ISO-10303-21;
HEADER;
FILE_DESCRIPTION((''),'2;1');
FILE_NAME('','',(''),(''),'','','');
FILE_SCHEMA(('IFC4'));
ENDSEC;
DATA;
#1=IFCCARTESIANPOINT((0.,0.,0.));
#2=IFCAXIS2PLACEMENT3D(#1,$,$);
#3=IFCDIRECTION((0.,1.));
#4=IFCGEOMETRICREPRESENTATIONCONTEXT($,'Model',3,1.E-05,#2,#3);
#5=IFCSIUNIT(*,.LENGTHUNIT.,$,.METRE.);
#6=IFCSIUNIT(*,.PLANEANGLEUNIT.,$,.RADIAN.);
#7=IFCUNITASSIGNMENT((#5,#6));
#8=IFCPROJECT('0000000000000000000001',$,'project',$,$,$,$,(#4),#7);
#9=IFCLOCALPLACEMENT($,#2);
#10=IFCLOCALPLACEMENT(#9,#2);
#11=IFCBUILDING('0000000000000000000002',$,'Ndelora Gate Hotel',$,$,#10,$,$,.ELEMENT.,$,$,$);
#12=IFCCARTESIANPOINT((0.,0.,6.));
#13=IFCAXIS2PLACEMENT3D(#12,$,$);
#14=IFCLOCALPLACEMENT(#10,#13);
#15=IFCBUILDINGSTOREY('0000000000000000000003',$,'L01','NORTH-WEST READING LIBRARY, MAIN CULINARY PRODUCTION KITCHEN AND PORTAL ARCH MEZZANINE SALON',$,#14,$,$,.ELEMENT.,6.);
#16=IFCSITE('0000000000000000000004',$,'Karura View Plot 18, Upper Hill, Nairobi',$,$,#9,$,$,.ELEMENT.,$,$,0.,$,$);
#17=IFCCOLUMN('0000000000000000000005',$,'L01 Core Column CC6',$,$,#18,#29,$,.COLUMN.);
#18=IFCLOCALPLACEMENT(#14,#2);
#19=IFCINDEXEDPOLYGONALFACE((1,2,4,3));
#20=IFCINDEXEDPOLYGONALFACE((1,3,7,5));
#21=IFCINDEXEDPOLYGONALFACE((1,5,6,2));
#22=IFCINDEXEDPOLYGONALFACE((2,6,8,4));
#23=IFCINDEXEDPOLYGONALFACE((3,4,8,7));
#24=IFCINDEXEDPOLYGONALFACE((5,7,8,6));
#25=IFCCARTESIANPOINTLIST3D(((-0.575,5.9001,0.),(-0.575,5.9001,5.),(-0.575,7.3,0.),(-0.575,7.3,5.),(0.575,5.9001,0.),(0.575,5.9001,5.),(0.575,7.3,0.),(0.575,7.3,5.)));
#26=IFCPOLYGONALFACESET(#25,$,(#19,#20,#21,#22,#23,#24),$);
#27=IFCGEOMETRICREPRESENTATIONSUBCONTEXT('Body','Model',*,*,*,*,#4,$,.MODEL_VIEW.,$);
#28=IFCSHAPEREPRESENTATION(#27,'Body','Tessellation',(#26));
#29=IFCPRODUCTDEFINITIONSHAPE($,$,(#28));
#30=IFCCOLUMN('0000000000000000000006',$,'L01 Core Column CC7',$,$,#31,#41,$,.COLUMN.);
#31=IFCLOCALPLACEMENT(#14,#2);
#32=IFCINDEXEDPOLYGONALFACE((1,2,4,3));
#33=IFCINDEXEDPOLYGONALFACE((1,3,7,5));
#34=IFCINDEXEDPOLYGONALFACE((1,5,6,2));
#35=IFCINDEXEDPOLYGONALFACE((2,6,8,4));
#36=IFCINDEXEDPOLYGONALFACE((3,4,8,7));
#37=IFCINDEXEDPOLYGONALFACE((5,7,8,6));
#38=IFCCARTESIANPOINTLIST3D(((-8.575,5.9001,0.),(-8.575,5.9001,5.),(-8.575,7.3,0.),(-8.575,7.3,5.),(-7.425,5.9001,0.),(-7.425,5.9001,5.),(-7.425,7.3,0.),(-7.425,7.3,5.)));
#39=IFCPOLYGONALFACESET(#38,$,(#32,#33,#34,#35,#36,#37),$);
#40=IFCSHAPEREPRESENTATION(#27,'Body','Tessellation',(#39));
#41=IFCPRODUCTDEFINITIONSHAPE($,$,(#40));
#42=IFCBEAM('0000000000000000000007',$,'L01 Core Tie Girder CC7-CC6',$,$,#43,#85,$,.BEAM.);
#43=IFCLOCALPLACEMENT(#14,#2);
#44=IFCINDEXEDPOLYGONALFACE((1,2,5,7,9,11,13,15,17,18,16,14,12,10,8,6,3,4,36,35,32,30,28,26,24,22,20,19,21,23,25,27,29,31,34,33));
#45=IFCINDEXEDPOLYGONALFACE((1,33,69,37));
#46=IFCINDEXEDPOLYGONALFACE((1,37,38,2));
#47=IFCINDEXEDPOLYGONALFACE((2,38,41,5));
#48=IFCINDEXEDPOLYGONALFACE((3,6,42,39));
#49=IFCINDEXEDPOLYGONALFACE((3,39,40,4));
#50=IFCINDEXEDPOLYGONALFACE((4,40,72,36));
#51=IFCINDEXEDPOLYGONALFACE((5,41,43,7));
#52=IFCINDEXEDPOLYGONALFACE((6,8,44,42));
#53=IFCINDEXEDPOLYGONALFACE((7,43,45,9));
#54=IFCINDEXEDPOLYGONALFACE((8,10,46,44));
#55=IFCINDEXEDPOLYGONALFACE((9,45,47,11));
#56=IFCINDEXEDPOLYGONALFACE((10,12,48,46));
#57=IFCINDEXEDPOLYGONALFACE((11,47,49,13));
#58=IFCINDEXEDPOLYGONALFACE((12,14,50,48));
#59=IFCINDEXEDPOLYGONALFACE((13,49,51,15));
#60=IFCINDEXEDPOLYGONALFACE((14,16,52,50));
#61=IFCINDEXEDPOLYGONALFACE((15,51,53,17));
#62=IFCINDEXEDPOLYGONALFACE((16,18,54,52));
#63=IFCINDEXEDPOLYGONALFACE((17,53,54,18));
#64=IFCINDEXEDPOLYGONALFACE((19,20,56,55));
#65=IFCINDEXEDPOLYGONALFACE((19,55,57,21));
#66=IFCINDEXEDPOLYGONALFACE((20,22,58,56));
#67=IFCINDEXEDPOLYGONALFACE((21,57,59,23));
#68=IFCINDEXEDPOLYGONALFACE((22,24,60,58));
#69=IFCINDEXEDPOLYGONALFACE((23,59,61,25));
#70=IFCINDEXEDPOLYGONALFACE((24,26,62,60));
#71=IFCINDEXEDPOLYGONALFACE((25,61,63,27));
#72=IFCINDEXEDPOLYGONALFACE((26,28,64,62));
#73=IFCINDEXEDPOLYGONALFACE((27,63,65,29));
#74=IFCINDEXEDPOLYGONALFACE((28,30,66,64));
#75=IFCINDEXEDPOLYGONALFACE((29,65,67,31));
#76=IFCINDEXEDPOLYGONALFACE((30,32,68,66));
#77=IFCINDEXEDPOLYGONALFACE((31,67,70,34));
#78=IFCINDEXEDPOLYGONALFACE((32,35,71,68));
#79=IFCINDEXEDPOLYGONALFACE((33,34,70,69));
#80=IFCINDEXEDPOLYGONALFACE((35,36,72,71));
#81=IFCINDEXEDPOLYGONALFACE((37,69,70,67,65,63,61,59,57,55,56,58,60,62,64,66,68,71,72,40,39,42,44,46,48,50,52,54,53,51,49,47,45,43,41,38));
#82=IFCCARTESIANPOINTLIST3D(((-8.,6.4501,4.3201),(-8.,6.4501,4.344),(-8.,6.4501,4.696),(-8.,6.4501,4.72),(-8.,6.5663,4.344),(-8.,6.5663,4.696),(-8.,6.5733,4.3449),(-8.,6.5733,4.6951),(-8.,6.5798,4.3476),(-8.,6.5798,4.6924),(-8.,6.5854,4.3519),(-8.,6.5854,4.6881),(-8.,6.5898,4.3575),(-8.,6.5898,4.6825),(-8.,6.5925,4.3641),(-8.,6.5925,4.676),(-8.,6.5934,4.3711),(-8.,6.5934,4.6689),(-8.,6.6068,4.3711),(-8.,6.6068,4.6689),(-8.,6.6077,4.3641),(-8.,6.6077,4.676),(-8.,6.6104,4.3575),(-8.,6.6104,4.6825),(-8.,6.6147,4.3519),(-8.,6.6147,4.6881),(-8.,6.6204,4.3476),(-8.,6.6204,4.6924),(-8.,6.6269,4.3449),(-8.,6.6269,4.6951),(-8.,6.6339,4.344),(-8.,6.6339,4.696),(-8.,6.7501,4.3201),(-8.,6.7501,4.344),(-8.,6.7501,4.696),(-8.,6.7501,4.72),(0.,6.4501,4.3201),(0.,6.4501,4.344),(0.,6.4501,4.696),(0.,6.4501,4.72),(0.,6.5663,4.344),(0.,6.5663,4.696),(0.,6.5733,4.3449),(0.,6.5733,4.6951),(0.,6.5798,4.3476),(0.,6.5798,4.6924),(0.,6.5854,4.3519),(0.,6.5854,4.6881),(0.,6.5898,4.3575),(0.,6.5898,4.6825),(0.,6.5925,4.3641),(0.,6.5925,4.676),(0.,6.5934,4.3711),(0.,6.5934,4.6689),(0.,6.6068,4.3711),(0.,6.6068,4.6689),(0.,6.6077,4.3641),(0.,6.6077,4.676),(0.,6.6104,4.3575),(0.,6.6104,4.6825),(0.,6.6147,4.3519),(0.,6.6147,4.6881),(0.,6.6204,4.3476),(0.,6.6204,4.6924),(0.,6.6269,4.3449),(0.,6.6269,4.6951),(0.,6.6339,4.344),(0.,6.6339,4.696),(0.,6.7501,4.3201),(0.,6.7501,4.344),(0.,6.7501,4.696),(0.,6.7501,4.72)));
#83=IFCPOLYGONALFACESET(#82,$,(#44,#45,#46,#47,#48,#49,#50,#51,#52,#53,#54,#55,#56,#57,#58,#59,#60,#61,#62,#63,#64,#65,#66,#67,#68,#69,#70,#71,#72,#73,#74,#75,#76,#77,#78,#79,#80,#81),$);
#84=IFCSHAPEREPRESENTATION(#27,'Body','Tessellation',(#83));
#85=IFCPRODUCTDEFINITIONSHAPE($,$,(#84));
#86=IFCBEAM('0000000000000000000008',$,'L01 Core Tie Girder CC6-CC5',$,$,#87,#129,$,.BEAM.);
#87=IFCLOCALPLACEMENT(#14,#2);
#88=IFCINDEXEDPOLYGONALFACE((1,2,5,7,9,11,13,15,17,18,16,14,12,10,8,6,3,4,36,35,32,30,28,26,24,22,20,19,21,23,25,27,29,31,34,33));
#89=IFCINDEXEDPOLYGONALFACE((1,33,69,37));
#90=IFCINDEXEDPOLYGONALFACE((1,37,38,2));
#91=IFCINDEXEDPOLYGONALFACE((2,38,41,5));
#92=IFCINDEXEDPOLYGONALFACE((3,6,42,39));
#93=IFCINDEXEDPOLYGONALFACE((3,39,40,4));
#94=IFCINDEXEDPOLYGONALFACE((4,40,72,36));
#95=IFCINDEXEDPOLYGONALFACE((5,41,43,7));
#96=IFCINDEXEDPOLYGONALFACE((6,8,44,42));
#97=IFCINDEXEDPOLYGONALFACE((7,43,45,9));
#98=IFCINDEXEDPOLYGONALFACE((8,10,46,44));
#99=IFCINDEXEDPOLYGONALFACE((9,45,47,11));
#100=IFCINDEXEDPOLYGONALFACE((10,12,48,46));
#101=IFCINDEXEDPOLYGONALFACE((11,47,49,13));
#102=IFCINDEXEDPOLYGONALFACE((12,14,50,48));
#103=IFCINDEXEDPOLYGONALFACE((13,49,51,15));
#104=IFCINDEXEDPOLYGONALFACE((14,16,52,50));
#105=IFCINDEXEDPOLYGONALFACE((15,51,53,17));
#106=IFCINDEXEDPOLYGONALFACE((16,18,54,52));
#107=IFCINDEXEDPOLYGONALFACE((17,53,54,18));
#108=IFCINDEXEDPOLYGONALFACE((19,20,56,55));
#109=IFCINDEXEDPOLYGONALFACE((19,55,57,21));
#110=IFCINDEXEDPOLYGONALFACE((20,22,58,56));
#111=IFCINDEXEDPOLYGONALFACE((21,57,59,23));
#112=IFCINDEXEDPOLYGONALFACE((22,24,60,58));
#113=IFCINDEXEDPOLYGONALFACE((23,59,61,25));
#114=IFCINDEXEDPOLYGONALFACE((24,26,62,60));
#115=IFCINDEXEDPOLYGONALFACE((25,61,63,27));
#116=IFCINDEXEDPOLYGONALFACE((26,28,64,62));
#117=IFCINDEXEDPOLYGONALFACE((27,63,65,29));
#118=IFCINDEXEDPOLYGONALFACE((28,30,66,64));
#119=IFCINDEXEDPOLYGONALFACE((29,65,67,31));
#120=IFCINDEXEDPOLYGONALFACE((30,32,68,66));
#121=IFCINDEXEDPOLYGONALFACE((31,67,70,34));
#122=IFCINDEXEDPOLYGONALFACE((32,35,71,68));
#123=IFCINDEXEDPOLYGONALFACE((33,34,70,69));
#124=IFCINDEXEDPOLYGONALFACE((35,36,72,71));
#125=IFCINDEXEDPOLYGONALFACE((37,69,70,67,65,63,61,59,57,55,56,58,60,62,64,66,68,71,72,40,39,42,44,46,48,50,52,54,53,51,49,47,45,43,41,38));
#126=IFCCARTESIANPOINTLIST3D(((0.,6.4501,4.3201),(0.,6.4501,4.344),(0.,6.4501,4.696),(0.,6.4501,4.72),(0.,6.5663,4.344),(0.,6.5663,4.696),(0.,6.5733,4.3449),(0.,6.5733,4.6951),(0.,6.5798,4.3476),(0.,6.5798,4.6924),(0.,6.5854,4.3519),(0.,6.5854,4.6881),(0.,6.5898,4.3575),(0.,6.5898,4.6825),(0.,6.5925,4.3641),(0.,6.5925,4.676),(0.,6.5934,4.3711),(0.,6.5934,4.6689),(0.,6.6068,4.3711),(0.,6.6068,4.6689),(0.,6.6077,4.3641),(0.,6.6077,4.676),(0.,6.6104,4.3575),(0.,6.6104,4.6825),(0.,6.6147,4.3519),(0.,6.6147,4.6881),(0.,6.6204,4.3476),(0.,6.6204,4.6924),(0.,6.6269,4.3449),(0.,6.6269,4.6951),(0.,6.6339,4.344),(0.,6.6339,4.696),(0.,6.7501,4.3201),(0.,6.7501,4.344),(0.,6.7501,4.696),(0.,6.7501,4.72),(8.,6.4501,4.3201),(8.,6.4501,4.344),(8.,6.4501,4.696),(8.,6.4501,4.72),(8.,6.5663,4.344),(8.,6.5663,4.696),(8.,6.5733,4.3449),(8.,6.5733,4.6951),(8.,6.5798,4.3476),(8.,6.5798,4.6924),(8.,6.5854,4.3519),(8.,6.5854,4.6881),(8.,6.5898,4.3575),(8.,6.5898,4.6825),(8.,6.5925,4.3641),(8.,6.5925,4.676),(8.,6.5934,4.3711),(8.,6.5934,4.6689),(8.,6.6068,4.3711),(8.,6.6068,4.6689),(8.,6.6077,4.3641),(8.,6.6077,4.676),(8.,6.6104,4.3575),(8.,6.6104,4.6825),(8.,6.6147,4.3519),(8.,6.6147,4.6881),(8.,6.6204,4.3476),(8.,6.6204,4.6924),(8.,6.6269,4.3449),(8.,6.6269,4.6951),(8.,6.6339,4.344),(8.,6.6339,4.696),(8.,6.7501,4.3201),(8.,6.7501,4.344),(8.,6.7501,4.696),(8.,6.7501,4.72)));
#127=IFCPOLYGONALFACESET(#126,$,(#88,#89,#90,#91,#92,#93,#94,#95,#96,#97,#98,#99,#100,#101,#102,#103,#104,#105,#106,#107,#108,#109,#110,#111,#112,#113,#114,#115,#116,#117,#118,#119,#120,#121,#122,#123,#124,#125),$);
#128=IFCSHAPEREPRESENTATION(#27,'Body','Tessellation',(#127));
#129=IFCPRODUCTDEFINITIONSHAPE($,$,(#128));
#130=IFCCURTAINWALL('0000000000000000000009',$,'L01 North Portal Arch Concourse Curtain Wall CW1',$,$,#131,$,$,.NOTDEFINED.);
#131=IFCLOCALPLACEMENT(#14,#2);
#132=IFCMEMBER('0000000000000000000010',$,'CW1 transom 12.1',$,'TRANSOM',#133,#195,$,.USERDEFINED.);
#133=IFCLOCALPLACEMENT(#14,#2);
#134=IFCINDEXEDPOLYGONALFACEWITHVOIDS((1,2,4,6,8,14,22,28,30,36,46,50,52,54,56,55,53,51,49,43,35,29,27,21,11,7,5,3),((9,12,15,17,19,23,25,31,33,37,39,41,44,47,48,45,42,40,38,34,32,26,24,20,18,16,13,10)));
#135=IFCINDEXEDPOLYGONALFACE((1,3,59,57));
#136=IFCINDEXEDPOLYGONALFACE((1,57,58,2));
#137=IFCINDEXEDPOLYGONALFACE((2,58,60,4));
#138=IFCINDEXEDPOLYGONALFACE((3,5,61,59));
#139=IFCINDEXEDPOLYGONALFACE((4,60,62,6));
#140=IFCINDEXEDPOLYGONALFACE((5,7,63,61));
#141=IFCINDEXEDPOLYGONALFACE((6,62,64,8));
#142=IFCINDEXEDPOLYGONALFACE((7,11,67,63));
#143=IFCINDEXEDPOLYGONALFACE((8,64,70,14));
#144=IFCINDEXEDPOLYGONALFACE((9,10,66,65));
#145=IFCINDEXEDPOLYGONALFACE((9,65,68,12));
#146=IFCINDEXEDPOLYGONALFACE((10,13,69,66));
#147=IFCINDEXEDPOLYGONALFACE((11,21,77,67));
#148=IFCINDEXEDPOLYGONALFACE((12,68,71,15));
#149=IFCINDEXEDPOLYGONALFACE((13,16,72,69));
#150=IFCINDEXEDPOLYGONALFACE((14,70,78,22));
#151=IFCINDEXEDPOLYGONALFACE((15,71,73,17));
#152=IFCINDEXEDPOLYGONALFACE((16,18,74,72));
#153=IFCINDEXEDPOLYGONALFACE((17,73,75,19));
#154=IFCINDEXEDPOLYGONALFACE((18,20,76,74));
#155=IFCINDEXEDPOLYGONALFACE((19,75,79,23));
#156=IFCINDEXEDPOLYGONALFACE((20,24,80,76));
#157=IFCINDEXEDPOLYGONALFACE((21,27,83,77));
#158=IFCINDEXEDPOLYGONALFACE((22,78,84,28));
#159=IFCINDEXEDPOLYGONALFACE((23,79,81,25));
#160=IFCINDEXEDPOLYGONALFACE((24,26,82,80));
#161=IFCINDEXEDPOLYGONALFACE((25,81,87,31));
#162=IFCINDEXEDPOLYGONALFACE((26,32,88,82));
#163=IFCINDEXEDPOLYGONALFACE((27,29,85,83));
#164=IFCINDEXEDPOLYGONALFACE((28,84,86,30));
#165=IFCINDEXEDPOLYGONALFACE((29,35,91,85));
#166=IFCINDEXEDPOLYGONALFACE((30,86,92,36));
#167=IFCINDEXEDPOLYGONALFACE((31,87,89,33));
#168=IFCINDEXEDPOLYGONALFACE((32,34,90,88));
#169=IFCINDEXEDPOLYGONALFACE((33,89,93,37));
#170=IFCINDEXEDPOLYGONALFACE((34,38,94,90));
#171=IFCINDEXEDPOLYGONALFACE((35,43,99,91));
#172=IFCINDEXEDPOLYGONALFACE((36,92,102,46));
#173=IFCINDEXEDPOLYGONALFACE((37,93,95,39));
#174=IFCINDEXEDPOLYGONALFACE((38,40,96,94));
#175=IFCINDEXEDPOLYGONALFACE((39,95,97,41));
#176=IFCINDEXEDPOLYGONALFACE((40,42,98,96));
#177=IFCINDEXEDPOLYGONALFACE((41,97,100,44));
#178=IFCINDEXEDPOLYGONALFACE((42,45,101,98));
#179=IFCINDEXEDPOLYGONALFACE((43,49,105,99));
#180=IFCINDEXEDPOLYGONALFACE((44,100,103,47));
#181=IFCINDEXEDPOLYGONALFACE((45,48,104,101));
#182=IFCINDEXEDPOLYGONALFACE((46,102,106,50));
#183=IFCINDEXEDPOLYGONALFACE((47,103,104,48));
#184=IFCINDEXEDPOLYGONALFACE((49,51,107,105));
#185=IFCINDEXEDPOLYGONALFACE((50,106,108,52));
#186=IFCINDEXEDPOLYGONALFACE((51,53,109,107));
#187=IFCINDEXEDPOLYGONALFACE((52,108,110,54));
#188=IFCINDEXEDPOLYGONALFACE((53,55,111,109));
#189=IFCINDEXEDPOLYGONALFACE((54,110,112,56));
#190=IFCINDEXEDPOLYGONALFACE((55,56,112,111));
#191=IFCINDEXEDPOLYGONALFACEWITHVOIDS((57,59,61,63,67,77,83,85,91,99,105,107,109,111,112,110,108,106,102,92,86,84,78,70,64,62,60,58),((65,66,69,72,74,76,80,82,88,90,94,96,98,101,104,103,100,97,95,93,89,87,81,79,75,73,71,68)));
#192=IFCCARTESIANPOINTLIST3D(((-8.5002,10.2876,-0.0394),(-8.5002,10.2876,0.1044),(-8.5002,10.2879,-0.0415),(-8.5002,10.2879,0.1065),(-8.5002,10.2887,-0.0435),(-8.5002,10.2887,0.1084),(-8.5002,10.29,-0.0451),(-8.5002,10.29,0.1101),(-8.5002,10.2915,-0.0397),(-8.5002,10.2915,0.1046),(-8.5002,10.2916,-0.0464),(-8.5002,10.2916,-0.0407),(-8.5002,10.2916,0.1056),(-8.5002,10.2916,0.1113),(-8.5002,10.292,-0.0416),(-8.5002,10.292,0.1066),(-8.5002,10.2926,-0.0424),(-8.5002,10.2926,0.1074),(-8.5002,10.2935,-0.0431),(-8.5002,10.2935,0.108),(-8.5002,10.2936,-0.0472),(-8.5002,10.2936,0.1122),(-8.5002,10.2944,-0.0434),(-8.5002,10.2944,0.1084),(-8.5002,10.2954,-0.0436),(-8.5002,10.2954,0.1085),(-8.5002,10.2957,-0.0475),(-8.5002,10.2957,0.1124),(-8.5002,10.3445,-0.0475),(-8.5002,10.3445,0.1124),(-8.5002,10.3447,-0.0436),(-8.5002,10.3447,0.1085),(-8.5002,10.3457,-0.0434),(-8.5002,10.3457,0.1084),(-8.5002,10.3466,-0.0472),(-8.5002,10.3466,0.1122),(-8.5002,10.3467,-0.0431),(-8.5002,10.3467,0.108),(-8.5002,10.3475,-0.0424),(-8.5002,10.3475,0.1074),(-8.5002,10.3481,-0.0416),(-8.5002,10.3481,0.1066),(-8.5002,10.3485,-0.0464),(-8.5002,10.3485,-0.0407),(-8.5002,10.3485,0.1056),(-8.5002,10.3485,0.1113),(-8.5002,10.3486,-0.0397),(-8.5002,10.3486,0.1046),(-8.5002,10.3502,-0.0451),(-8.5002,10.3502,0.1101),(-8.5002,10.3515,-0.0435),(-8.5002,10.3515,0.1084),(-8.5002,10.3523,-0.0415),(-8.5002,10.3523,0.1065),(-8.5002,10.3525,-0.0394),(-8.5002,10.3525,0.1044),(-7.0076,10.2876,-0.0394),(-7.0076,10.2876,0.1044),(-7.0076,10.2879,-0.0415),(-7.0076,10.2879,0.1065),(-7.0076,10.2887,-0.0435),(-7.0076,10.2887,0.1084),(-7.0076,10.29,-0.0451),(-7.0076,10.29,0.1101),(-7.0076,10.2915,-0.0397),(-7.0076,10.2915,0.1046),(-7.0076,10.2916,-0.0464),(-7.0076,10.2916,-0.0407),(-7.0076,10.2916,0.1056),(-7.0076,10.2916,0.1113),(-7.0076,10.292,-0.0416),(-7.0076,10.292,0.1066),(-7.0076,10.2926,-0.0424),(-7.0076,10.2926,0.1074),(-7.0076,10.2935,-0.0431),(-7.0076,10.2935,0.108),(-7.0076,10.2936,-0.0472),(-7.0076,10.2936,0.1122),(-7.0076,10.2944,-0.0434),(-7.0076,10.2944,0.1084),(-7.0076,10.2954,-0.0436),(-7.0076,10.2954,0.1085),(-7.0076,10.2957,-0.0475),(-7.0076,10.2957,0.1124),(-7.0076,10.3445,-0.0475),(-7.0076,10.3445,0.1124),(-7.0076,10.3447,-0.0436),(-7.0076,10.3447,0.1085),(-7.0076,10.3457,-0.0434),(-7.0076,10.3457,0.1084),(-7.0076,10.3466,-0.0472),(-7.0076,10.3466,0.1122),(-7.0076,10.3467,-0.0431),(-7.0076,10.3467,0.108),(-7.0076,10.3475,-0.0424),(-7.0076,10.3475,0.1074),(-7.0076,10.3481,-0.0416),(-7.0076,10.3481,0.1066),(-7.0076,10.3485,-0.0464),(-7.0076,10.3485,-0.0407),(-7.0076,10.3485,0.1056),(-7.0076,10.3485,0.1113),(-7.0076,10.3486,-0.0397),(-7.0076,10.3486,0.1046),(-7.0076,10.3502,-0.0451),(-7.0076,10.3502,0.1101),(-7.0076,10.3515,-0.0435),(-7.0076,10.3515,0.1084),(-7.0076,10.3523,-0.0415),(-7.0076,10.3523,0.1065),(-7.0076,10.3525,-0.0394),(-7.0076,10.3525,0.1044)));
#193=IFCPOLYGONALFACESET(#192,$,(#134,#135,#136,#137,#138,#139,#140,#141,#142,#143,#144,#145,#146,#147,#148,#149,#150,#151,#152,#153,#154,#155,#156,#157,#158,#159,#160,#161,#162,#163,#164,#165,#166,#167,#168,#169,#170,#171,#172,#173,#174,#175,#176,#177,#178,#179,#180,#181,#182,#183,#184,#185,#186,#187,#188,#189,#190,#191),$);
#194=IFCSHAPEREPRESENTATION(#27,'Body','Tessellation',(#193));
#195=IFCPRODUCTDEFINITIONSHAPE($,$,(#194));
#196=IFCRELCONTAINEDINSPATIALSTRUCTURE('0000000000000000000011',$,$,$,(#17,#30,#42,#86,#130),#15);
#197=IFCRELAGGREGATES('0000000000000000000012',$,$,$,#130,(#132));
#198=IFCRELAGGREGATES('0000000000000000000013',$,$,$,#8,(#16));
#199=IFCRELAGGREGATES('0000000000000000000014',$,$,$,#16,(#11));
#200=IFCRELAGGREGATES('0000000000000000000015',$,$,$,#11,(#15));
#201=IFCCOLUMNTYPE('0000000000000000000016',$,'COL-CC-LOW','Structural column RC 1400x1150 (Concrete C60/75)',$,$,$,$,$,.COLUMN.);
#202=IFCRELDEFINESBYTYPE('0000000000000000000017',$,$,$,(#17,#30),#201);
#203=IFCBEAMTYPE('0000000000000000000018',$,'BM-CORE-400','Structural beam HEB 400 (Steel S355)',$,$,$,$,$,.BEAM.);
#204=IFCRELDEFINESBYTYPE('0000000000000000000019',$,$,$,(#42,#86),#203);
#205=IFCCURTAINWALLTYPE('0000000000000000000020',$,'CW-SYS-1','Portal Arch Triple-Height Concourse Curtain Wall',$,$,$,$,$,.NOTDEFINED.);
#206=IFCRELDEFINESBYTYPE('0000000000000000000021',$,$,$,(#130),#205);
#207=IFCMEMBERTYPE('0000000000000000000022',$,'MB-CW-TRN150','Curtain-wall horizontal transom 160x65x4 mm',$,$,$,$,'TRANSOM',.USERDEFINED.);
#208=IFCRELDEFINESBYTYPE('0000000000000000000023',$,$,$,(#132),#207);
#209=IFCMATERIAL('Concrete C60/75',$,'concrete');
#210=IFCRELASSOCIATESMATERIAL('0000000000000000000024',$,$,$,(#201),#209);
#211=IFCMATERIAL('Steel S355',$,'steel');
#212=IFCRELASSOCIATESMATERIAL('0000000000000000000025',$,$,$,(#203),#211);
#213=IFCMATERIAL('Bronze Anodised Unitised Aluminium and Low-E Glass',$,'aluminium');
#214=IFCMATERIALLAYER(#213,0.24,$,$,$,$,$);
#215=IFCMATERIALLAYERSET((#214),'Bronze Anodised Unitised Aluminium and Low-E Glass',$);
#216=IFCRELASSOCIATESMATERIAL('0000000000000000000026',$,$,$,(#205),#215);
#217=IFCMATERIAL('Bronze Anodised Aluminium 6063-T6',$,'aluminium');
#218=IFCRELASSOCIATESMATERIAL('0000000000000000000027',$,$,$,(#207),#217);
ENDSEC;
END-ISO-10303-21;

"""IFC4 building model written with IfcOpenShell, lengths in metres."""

from ifc_helpers import new_model, si_unit, direction, frame, origin, origin_2d, place, context, subcontext, project, spatial, rectangle, hollow_rectangle, i_section, extrude, material, layer, layer_set, material_profile, profile_set, type_object, element, aggregate, save


model = new_model("IFC4")

# Units and contexts
model_context = context("Model", 3, precision=1e-05, world=origin(), true_north=direction((0.0, 1.0)))
body_context = subcontext(model_context, "Body", "Model", "MODEL_VIEW")
ifc_project = project(units=[si_unit("LENGTHUNIT", "METRE"), si_unit("PLANEANGLEUNIT", "RADIAN")], contexts=[model_context])

# Site, building, storey
site_placement = place(None, origin())
site = spatial("IfcSite", under=ifc_project, at=site_placement, Name="Karura View Plot 18, Upper Hill, Nairobi", CompositionType="ELEMENT", RefElevation=0.0)
building_placement = place(site_placement, origin())
building = spatial("IfcBuilding", under=site, at=building_placement, Name="Ndelora Gate Hotel", CompositionType="ELEMENT")
storey_placement = place(building_placement, frame((0.0, 0.0, 6.0)))
storey = spatial("IfcBuildingStorey", under=building, at=storey_placement, Name="L01", Description="NORTH-WEST READING LIBRARY, MAIN CULINARY PRODUCTION KITCHEN AND PORTAL ARCH MEZZANINE SALON", CompositionType="ELEMENT", Elevation=6.0)

# Columns
ifc_material_1 = material(Name="Concrete C60/75", Category="concrete")
ifc_material_profile_1 = material_profile(ifc_material_1, rectangle(XDim=1.1499, YDim=1.3999, at=origin_2d()), Name="RC 1400x1150")
ifc_profile_set_1 = profile_set([ifc_material_profile_1], Name="Concrete C60/75")
column_type = type_object("IfcColumnType", Name="COL-CC-LOW", Description="Structural column RC 1400x1150 (Concrete C60/75)", PredefinedType="COLUMN", material=ifc_profile_set_1)
for number, where, z_axis, x_axis, name in (
    (1, (0.0, 6.6001, 0.0), (0.0, 0.0, 1.0), (1.0, 0.0, 0.0), "L01 Core Column CC6"),
    (2, (-8.0, 6.6001, 0.0), (0.0, 0.0, 1.0), (1.0, 0.0, 0.0), "L01 Core Column CC7"),
):
    element("IfcColumn", number, at=place(storey_placement, frame(where, z_axis=z_axis, x_axis=x_axis)), inside=storey, type_object=column_type, Name=name, PredefinedType="COLUMN", context=body_context, shape_type="SweptSolid", body=[
        extrude(rectangle(XDim=1.1499, YDim=1.3999, at=origin_2d()), origin(), (0.0, 0.0, 1.0), 5.0),
    ])

# Beams
ifc_material_2 = material(Name="Steel S355", Category="steel")
ifc_material_profile_2 = material_profile(ifc_material_2, i_section(OverallWidth=0.3, OverallDepth=0.3999, WebThickness=0.0134, FlangeThickness=0.0239, FilletRadius=0.0271, at=origin_2d()), Name="HEB 400")
ifc_profile_set_2 = profile_set([ifc_material_profile_2], Name="Steel S355")
beam_type = type_object("IfcBeamType", Name="BM-CORE-400", Description="Structural beam HEB 400 (Steel S355)", PredefinedType="BEAM", material=ifc_profile_set_2)
for number, where, z_axis, x_axis, name in (
    (3, (-8.0, 6.6001, 4.52), (1.0, 0.0, 0.0), (0.0, 1.0, 0.0), "L01 Core Tie Girder CC7-CC6"),
    (4, (0.0, 6.6001, 4.52), (1.0, 0.0, 0.0), (0.0, 1.0, 0.0), "L01 Core Tie Girder CC6-CC5"),
):
    element("IfcBeam", number, at=place(storey_placement, frame(where, z_axis=z_axis, x_axis=x_axis)), inside=storey, type_object=beam_type, Name=name, PredefinedType="BEAM", context=body_context, shape_type="SweptSolid", body=[
        extrude(i_section(OverallWidth=0.3, OverallDepth=0.3999, WebThickness=0.0134, FlangeThickness=0.0239, FilletRadius=0.0271, at=origin_2d()), origin(), (0.0, 0.0, 1.0), 8.0),
    ])

# Curtain wall, member
ifc_material_3 = material(Name="Bronze Anodised Unitised Aluminium and Low-E Glass", Category="aluminium")
ifc_layer_1 = layer(ifc_material_3, 0.24)
ifc_layer_set_1 = layer_set([ifc_layer_1], Name="Bronze Anodised Unitised Aluminium and Low-E Glass")
curtain_wall_type = type_object("IfcCurtainWallType", Name="CW-SYS-1", Description="Portal Arch Triple-Height Concourse Curtain Wall", PredefinedType="NOTDEFINED", material=ifc_layer_set_1)
curtain_wall_placement = place(storey_placement, origin())
curtain_wall = element("IfcCurtainWall", 5, at=curtain_wall_placement, inside=storey, type_object=curtain_wall_type, Name="L01 North Portal Arch Concourse Curtain Wall CW1", PredefinedType="NOTDEFINED")
ifc_material_4 = material(Name="Bronze Anodised Aluminium 6063-T6", Category="aluminium")
ifc_material_profile_3 = material_profile(ifc_material_4, hollow_rectangle(XDim=0.0649, YDim=0.1599, WallThickness=0.0039, InnerFilletRadius=0.0039, OuterFilletRadius=0.0081, at=origin_2d()), Name="ALU 160x65x4")
ifc_profile_set_3 = profile_set([ifc_material_profile_3], Name="Bronze Anodised Aluminium 6063-T6")
member_type = type_object("IfcMemberType", Name="MB-CW-TRN150", Description="Curtain-wall horizontal transom 160x65x4 mm", ElementType="TRANSOM", PredefinedType="USERDEFINED", material=ifc_profile_set_3)
member_placement = place(storey_placement, frame((-7.0076, 10.3201, 0.0325), z_axis=(-1.0, 0.0, 0.0), x_axis=(0.0, -1.0, 0.0)))
member = element("IfcMember", 6, at=member_placement, type_object=member_type, Name="CW1 transom 12.1", ObjectType="TRANSOM", PredefinedType="USERDEFINED", context=body_context, shape_type="SweptSolid", body=[
    extrude(hollow_rectangle(XDim=0.0649, YDim=0.1599, WallThickness=0.0039, InnerFilletRadius=0.0039, OuterFilletRadius=0.0081, at=origin_2d()), origin(), (0.0, 0.0, 1.0), 1.4927),
])
aggregate(curtain_wall, [member])

save(model, "model.ifc")
